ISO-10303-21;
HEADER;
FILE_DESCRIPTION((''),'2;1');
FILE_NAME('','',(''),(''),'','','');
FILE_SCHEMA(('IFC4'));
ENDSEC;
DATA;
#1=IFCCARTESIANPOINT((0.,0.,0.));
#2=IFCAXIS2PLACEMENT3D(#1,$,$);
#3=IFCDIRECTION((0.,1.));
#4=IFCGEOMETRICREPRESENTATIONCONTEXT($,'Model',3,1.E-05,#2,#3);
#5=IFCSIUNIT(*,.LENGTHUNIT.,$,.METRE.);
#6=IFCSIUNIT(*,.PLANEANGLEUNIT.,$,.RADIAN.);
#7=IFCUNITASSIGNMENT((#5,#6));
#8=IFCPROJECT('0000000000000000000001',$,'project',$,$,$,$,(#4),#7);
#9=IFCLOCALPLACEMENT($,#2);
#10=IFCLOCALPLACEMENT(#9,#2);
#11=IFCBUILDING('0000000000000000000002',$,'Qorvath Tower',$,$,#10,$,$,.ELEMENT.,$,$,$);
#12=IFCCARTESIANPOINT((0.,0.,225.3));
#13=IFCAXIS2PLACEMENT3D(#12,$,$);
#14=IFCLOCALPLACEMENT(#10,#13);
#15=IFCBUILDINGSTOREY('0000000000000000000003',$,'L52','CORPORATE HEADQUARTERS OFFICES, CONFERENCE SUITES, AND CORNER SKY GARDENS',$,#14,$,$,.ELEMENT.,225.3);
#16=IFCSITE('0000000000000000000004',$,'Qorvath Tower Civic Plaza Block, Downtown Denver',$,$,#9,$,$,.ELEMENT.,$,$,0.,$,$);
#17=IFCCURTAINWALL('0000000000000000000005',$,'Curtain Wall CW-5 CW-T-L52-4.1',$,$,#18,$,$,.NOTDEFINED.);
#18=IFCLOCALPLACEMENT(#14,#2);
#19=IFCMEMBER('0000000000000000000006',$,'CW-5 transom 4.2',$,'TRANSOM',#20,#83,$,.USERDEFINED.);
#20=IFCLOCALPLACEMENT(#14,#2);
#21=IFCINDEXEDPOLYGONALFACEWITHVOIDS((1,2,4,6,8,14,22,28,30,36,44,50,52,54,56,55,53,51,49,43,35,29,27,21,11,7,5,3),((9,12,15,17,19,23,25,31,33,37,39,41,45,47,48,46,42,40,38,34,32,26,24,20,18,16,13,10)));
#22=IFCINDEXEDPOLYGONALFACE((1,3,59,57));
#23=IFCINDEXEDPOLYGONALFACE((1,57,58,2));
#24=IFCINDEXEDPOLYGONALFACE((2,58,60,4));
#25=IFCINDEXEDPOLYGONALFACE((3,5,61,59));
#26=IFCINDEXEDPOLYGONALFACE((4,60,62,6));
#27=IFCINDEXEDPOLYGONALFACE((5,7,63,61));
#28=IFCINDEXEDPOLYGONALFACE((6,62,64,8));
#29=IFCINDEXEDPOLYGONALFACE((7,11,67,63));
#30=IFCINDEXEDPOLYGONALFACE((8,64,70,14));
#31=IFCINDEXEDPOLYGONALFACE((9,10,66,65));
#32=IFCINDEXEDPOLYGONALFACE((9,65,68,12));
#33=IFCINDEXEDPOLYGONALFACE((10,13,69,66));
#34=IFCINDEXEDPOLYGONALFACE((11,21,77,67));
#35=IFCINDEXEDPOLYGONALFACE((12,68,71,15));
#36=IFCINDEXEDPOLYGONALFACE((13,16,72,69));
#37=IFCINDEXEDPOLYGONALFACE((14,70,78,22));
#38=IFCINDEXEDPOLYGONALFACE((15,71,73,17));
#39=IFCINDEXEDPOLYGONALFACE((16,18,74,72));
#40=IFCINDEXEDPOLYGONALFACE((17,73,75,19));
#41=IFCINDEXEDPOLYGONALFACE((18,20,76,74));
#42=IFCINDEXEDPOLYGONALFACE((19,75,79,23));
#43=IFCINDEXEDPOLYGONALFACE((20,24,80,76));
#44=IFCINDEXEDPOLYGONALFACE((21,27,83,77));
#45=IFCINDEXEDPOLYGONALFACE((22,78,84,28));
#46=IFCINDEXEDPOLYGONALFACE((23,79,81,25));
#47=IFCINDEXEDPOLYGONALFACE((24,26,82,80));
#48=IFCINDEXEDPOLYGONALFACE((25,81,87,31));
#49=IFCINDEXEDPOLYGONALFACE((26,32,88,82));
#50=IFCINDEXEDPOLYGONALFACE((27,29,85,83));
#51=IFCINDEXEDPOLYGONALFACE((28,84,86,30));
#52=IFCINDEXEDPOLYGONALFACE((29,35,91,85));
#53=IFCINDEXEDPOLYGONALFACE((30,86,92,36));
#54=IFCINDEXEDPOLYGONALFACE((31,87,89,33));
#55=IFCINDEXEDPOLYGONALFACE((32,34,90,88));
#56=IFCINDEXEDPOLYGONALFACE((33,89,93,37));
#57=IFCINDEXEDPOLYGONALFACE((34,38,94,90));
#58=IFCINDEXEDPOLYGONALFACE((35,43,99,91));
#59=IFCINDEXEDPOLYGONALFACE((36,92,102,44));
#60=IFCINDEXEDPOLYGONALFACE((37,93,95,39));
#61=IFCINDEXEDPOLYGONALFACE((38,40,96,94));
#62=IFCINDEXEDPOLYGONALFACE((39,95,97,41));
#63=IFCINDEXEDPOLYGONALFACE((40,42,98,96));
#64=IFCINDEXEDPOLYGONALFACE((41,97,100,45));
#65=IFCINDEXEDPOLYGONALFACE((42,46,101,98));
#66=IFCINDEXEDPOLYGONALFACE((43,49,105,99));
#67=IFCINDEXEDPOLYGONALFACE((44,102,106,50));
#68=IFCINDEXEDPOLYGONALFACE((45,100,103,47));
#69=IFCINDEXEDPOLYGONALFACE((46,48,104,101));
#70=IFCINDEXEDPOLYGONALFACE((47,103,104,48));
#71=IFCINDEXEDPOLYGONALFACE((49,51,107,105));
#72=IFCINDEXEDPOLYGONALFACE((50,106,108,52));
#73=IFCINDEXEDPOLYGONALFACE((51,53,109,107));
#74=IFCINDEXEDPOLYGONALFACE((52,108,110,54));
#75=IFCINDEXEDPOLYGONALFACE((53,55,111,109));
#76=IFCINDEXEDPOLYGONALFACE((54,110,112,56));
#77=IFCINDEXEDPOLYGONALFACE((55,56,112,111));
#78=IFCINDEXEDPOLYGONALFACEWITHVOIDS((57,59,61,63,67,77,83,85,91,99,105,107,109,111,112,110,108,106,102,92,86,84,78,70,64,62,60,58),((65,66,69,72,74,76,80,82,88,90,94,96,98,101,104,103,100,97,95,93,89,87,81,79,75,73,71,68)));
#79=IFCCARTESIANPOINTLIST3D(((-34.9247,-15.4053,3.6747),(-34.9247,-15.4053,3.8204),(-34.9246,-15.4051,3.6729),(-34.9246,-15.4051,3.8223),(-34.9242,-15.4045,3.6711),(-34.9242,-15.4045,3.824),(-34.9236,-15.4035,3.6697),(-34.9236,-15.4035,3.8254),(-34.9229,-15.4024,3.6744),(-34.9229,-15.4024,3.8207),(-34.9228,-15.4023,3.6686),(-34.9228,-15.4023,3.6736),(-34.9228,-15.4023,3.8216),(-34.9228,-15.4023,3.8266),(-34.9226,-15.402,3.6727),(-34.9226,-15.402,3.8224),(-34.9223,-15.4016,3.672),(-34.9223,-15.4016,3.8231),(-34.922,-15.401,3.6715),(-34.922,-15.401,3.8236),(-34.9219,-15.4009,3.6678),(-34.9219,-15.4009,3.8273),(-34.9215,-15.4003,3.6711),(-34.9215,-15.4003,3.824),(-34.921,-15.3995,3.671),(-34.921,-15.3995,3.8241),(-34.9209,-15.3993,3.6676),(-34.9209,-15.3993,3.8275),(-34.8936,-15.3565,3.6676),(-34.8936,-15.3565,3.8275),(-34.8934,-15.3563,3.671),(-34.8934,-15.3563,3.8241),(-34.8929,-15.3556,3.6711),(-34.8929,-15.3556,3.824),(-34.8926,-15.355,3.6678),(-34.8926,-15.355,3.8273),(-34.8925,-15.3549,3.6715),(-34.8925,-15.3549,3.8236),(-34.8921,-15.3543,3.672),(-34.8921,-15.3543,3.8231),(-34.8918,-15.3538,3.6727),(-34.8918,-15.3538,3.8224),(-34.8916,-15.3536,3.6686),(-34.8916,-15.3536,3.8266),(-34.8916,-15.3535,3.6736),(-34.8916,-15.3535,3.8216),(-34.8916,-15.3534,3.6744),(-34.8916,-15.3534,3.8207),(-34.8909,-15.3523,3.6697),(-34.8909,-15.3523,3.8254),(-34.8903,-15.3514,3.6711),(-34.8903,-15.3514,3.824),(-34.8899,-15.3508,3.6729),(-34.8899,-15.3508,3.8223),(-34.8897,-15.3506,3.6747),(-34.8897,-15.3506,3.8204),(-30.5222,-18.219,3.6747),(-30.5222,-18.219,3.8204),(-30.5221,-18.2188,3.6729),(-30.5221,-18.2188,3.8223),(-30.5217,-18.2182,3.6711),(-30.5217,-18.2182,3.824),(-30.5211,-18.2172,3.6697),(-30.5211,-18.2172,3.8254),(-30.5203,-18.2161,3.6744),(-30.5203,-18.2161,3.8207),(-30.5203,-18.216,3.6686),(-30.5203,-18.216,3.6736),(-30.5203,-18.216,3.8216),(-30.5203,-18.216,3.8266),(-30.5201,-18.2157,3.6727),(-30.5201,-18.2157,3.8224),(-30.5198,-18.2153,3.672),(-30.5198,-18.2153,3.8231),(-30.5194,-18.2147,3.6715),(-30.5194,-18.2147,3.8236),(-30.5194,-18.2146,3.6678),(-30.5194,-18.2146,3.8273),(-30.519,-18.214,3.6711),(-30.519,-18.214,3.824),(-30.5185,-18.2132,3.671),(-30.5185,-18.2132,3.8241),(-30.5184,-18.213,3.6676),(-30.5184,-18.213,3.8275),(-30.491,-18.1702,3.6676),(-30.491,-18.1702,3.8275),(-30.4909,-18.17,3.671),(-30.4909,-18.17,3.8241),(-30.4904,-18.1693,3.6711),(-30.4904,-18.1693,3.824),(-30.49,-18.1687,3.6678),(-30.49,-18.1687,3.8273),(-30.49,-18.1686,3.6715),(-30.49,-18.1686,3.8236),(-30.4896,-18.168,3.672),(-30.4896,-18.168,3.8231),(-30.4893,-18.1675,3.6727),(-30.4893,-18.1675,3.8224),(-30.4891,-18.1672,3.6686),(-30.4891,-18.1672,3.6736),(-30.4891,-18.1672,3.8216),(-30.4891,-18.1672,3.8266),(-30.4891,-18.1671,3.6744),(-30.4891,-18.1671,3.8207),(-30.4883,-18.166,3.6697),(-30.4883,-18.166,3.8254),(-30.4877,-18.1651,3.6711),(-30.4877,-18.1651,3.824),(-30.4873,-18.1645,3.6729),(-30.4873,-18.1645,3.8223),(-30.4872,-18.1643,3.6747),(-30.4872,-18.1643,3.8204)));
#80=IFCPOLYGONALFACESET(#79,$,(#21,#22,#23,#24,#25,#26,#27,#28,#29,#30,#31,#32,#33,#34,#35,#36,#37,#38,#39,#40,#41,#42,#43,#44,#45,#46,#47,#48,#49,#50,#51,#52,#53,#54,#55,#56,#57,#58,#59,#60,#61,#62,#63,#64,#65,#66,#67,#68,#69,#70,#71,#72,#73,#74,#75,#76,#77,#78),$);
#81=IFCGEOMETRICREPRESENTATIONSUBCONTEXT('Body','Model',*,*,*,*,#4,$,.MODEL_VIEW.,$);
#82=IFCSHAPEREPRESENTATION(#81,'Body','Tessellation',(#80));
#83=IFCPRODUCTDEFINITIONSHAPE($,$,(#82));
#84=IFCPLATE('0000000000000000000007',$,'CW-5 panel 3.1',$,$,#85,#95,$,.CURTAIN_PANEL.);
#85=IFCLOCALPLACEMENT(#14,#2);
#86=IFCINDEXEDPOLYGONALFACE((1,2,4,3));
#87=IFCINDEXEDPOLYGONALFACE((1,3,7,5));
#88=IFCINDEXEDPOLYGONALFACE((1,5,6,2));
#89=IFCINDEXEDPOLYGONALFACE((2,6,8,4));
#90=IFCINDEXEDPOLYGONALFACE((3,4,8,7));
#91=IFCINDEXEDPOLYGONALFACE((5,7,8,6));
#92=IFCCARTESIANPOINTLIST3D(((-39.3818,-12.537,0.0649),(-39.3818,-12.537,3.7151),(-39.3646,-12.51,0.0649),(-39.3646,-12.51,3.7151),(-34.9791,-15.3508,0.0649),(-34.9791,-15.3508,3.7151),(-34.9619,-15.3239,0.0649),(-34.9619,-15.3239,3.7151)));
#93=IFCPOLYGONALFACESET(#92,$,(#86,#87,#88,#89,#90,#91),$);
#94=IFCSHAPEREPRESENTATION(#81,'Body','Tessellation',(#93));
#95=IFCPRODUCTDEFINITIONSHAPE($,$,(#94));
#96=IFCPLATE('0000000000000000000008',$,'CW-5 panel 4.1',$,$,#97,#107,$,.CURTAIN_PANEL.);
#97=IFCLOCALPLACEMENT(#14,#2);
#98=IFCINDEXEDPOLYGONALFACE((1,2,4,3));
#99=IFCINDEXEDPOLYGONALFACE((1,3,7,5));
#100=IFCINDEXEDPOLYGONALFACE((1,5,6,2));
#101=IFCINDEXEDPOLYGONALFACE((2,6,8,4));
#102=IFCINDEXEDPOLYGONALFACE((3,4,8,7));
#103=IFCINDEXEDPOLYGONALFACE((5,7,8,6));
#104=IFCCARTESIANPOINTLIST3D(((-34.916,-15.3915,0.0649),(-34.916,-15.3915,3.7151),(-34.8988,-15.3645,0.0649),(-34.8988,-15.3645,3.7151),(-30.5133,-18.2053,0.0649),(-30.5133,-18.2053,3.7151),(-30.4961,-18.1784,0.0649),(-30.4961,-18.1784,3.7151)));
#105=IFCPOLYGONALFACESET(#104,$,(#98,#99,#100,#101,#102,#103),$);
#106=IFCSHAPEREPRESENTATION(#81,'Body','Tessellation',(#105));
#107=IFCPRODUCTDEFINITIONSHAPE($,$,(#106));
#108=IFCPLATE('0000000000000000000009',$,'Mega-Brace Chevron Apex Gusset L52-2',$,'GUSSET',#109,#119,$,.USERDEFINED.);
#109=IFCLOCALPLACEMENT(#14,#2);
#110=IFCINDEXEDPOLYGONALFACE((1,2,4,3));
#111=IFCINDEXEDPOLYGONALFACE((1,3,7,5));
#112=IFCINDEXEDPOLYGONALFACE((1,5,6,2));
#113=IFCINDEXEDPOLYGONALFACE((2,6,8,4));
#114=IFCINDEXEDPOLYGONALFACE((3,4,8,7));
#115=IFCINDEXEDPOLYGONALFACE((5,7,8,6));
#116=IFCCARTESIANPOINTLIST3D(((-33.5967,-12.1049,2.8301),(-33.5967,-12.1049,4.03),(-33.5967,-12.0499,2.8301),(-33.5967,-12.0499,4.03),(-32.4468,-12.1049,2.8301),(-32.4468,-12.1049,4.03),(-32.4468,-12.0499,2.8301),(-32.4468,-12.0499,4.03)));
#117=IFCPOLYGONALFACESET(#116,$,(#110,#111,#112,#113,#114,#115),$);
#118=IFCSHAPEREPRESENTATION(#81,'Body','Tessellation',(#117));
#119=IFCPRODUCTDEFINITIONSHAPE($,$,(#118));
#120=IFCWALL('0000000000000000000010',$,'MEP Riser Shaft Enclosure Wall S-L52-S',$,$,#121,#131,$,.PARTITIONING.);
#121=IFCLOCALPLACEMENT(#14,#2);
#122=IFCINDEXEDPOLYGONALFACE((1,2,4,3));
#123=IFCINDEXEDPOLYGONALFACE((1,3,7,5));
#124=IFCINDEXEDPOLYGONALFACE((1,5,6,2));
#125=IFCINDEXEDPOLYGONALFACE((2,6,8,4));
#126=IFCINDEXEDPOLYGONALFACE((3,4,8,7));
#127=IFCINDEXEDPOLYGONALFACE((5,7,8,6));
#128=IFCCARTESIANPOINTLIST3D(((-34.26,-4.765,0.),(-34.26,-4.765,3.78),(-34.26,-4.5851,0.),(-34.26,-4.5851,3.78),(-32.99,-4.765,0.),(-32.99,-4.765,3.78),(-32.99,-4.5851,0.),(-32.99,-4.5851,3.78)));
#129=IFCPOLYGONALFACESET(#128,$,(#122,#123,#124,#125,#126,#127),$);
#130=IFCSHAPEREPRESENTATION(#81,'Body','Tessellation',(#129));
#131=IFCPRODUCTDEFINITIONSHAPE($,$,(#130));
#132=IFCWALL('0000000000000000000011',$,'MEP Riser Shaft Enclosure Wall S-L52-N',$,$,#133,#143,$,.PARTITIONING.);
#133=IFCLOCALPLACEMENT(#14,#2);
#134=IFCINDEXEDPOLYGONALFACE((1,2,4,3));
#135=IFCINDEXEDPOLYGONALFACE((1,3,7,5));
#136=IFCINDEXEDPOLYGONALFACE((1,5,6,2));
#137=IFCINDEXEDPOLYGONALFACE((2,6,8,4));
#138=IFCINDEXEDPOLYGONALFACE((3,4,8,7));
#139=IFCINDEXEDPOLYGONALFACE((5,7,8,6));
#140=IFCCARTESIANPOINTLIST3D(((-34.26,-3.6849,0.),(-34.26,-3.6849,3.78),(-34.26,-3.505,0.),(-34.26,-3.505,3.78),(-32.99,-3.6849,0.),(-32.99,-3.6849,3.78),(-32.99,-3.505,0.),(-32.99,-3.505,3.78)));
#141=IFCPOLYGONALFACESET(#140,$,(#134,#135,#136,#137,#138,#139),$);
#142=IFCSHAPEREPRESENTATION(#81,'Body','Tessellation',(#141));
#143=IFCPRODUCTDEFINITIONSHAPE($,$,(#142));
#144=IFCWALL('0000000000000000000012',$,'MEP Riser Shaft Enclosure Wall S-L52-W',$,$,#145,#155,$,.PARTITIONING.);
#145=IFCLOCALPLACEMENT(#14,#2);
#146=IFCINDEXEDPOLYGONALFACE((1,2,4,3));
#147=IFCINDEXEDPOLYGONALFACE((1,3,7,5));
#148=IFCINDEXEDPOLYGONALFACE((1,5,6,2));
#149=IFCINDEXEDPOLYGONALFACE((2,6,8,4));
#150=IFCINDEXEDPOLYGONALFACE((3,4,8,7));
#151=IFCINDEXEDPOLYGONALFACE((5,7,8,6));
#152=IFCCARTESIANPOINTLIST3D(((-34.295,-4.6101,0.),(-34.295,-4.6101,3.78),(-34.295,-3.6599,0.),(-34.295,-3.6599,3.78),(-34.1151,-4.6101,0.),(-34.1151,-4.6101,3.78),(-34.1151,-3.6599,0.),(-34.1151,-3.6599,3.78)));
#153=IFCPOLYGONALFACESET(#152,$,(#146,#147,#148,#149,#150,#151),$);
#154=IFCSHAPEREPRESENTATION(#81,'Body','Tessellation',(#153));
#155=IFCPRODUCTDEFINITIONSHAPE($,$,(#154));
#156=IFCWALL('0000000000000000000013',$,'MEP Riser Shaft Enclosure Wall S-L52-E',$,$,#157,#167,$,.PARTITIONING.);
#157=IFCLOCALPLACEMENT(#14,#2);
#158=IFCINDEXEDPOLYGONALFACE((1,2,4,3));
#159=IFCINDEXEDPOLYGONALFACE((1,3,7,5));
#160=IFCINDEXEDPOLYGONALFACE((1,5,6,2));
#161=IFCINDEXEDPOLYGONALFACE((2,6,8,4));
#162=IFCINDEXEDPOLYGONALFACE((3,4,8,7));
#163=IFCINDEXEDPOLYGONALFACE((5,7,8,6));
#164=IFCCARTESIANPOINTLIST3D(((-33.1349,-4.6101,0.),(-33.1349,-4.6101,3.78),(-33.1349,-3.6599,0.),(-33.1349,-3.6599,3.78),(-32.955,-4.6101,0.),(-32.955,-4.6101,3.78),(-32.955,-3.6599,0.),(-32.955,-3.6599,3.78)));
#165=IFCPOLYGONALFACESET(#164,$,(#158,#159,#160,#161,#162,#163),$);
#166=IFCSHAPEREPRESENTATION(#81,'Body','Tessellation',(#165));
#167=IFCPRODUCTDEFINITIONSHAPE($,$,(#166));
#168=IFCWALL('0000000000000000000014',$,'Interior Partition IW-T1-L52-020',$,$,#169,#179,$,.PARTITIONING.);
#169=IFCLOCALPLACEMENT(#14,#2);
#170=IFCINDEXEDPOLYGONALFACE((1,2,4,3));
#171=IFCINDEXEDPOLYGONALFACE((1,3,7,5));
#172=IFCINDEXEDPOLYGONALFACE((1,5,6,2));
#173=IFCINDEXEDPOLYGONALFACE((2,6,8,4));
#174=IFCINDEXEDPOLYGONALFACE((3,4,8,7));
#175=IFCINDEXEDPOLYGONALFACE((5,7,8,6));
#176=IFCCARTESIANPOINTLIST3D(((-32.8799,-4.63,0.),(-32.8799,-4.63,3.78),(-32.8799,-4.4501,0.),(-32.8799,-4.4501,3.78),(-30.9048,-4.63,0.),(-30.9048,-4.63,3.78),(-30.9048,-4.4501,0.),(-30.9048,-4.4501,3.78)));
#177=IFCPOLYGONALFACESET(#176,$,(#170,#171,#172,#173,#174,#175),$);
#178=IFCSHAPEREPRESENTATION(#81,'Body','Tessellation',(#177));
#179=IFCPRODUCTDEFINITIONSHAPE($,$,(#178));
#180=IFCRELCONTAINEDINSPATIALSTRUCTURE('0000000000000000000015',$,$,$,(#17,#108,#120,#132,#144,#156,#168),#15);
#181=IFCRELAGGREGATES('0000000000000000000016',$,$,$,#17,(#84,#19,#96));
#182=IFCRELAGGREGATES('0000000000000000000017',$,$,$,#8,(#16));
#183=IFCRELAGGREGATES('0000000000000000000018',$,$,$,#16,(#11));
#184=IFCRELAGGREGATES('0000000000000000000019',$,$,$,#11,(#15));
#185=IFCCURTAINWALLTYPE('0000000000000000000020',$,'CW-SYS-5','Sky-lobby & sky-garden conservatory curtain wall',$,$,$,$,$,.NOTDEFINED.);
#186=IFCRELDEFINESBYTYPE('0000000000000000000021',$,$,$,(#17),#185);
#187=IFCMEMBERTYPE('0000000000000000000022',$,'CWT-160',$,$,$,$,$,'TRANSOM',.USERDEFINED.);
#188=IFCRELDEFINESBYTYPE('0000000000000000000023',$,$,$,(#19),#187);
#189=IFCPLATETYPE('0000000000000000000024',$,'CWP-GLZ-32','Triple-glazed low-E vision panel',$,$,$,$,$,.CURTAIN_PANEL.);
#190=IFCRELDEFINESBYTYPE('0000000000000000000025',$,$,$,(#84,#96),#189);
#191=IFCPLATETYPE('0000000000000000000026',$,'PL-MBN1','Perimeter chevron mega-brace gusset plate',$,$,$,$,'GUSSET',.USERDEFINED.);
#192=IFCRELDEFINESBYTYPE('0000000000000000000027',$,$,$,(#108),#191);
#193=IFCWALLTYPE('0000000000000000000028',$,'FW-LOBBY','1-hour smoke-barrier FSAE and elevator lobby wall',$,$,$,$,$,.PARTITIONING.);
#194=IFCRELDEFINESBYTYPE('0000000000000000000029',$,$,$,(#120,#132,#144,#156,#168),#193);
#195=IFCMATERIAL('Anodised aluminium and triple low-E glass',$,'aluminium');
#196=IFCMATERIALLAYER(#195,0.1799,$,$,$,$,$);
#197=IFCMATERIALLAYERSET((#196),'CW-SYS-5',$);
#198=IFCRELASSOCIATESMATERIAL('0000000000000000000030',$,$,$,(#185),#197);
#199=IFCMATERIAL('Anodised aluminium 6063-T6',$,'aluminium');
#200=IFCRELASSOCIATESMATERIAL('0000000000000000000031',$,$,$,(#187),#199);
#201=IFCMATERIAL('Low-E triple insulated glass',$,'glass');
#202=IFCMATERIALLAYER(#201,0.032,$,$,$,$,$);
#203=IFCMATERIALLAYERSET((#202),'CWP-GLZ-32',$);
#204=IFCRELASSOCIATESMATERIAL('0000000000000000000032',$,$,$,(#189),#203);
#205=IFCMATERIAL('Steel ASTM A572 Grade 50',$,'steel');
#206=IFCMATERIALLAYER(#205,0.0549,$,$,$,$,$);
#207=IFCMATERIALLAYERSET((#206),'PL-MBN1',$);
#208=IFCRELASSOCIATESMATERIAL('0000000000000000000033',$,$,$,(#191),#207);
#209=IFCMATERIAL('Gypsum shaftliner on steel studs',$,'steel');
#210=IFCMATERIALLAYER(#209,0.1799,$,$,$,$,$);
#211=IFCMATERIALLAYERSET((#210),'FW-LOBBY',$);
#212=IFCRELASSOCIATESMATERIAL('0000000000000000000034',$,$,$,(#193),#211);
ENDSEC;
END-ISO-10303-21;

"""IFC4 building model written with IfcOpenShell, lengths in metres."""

from ifc_helpers import new_model, si_unit, direction, frame, frame_2d, origin, origin_2d, place, context, subcontext, project, spatial, rectangle, hollow_rectangle, extrude, material, layer, layer_set, material_profile, profile_set, type_object, element, aggregate, save


model = new_model("IFC4")

# Units and contexts
model_context = context("Model", 3, precision=1e-05, world=origin(), true_north=direction((0.0, 1.0)))
body_context = subcontext(model_context, "Body", "Model", "MODEL_VIEW")
ifc_project = project(units=[si_unit("LENGTHUNIT", "METRE"), si_unit("PLANEANGLEUNIT", "RADIAN")], contexts=[model_context])

# Site, building, storey
site_placement = place(None, origin())
site = spatial("IfcSite", under=ifc_project, at=site_placement, Name="Qorvath Tower Civic Plaza Block, Downtown Denver", CompositionType="ELEMENT", RefElevation=0.0)
building_placement = place(site_placement, origin())
building = spatial("IfcBuilding", under=site, at=building_placement, Name="Qorvath Tower", CompositionType="ELEMENT")
storey_placement = place(building_placement, frame((0.0, 0.0, 225.3)))
storey = spatial("IfcBuildingStorey", under=building, at=storey_placement, Name="L52", Description="CORPORATE HEADQUARTERS OFFICES, CONFERENCE SUITES, AND CORNER SKY GARDENS", CompositionType="ELEMENT", Elevation=225.3)

# Curtain wall, member, plates
ifc_material_1 = material(Name="Anodised aluminium and triple low-E glass", Category="aluminium")
ifc_layer_1 = layer(ifc_material_1, 0.1799)
ifc_layer_set_1 = layer_set([ifc_layer_1], Name="CW-SYS-5")
curtain_wall_type = type_object("IfcCurtainWallType", Name="CW-SYS-5", Description="Sky-lobby & sky-garden conservatory curtain wall", PredefinedType="NOTDEFINED", material=ifc_layer_set_1)
curtain_wall_placement = place(storey_placement, origin())
curtain_wall = element("IfcCurtainWall", 1, at=curtain_wall_placement, inside=storey, type_object=curtain_wall_type, Name="Curtain Wall CW-5 CW-T-L52-4.1", PredefinedType="NOTDEFINED")
ifc_material_2 = material(Name="Anodised aluminium 6063-T6", Category="aluminium")
ifc_material_profile_1 = material_profile(ifc_material_2, hollow_rectangle(XDim=0.0649, YDim=0.1599, WallThickness=0.0034, InnerFilletRadius=0.0034, OuterFilletRadius=0.0071, at=origin_2d()), Name="CWT 160x65")
ifc_profile_set_1 = profile_set([ifc_material_profile_1], Name="Anodised aluminium 6063-T6")
member_type_1 = type_object("IfcMemberType", Name="CWT-160", ElementType="TRANSOM", PredefinedType="USERDEFINED", material=ifc_profile_set_1)
member_1_placement = place(storey_placement, frame((-34.9072, -15.3779, 3.7476), z_axis=(0.842613, -0.538519, 0.0), x_axis=(0.538519, 0.842613, 0.0)))
member_1 = element("IfcMember", 2, at=member_1_placement, type_object=member_type_1, Name="CW-5 transom 4.2", ObjectType="TRANSOM", PredefinedType="USERDEFINED", context=body_context, shape_type="SweptSolid", body=[
    extrude(hollow_rectangle(XDim=0.0649, YDim=0.1599, WallThickness=0.0034, InnerFilletRadius=0.0034, OuterFilletRadius=0.0071, at=origin_2d()), origin(), (0.0, 0.0, 1.0), 5.2249),
])
ifc_material_3 = material(Name="Low-E triple insulated glass", Category="glass")
ifc_layer_2 = layer(ifc_material_3, 0.032)
ifc_layer_set_2 = layer_set([ifc_layer_2], Name="CWP-GLZ-32")
plate_type_1 = type_object("IfcPlateType", Name="CWP-GLZ-32", Description="Triple-glazed low-E vision panel", PredefinedType="CURTAIN_PANEL", material=ifc_layer_set_2)
plate_1_placement = place(storey_placement, frame((-37.1719, -13.9304, 0.0649), z_axis=(0.0, 0.0, 1.0), x_axis=(0.842607, -0.538529, 0.0)))
plate_1 = element("IfcPlate", 3, at=plate_1_placement, type_object=plate_type_1, Name="CW-5 panel 3.1", PredefinedType="CURTAIN_PANEL", context=body_context, shape_type="SweptSolid", body=[
    extrude(rectangle(XDim=5.2251, YDim=0.032, at=origin_2d()), origin(), (0.0, 0.0, 1.0), 3.6501),
])
plate_2_placement = place(storey_placement, frame((-32.7061, -16.7849, 0.0649), z_axis=(0.0, 0.0, 1.0), x_axis=(0.842607, -0.538529, 0.0)))
plate_2 = element("IfcPlate", 4, at=plate_2_placement, type_object=plate_type_1, Name="CW-5 panel 4.1", PredefinedType="CURTAIN_PANEL", context=body_context, shape_type="SweptSolid", body=[
    extrude(rectangle(XDim=5.2251, YDim=0.032, at=origin_2d()), origin(), (0.0, 0.0, 1.0), 3.6501),
])
aggregate(curtain_wall, [plate_1, member_1, plate_2])

# Plate
ifc_material_4 = material(Name="Steel ASTM A572 Grade 50", Category="steel")
ifc_layer_3 = layer(ifc_material_4, 0.0549)
ifc_layer_set_3 = layer_set([ifc_layer_3], Name="PL-MBN1")
plate_type_2 = type_object("IfcPlateType", Name="PL-MBN1", Description="Perimeter chevron mega-brace gusset plate", ElementType="GUSSET", PredefinedType="USERDEFINED", material=ifc_layer_set_3)
plate_3_placement = place(storey_placement, frame((-33.0217, -12.0774, 2.8301), z_axis=(0.0, 0.0, 1.0), x_axis=(1.0, 0.0, 0.0)))
element("IfcPlate", 5, at=plate_3_placement, inside=storey, type_object=plate_type_2, Name="Mega-Brace Chevron Apex Gusset L52-2", ObjectType="GUSSET", PredefinedType="USERDEFINED", context=body_context, shape_type="SweptSolid", body=[
    extrude(rectangle(XDim=1.1499, YDim=0.0549, at=origin_2d()), origin(), (0.0, 0.0, 1.0), 1.2),
])

# Walls
ifc_material_5 = material(Name="Gypsum shaftliner on steel studs", Category="steel")
ifc_layer_4 = layer(ifc_material_5, 0.1799)
ifc_layer_set_4 = layer_set([ifc_layer_4], Name="FW-LOBBY")
wall_type_1 = type_object("IfcWallType", Name="FW-LOBBY", Description="1-hour smoke-barrier FSAE and elevator lobby wall", PredefinedType="PARTITIONING", material=ifc_layer_set_4)
for number, where, z_axis, x_axis, name in (
    (6, (-32.99, -4.675, 0.0), (0.0, 0.0, 1.0), (-1.0, 0.0, 0.0), "MEP Riser Shaft Enclosure Wall S-L52-S"),
    (7, (-34.26, -3.595, 0.0), (0.0, 0.0, 1.0), (1.0, 0.0, 0.0), "MEP Riser Shaft Enclosure Wall S-L52-N"),
):
    element("IfcWall", number, at=place(storey_placement, frame(where, z_axis=z_axis, x_axis=x_axis)), inside=storey, type_object=wall_type_1, Name=name, PredefinedType="PARTITIONING", context=body_context, shape_type="SweptSolid", body=[
        extrude(rectangle(XDim=1.27, YDim=0.1799, at=frame_2d((0.635, 0.0))), origin(), (0.0, 0.0, 1.0), 3.78),
    ])
for number, where, z_axis, x_axis, name in (
    (8, (-34.2051, -4.6101, 0.0), (0.0, 0.0, 1.0), (0.0, 1.0, 0.0), "MEP Riser Shaft Enclosure Wall S-L52-W"),
    (9, (-33.0449, -3.6599, 0.0), (0.0, 0.0, 1.0), (0.0, -1.0, 0.0), "MEP Riser Shaft Enclosure Wall S-L52-E"),
):
    element("IfcWall", number, at=place(storey_placement, frame(where, z_axis=z_axis, x_axis=x_axis)), inside=storey, type_object=wall_type_1, Name=name, PredefinedType="PARTITIONING", context=body_context, shape_type="SweptSolid", body=[
        extrude(rectangle(XDim=0.9502, YDim=0.1799, at=frame_2d((0.4751, 0.0))), origin(), (0.0, 0.0, 1.0), 3.78),
    ])
wall_1_placement = place(storey_placement, frame((-32.8799, -4.54, 0.0), z_axis=(0.0, 0.0, 1.0), x_axis=(1.0, 0.0, 0.0)))
element("IfcWall", 10, at=wall_1_placement, inside=storey, type_object=wall_type_1, Name="Interior Partition IW-T1-L52-020", PredefinedType="PARTITIONING", context=body_context, shape_type="SweptSolid", body=[
    extrude(rectangle(XDim=1.9751, YDim=0.1799, at=frame_2d((0.9875, 0.0))), origin(), (0.0, 0.0, 1.0), 3.78),
])

save(model, "model.ifc")
